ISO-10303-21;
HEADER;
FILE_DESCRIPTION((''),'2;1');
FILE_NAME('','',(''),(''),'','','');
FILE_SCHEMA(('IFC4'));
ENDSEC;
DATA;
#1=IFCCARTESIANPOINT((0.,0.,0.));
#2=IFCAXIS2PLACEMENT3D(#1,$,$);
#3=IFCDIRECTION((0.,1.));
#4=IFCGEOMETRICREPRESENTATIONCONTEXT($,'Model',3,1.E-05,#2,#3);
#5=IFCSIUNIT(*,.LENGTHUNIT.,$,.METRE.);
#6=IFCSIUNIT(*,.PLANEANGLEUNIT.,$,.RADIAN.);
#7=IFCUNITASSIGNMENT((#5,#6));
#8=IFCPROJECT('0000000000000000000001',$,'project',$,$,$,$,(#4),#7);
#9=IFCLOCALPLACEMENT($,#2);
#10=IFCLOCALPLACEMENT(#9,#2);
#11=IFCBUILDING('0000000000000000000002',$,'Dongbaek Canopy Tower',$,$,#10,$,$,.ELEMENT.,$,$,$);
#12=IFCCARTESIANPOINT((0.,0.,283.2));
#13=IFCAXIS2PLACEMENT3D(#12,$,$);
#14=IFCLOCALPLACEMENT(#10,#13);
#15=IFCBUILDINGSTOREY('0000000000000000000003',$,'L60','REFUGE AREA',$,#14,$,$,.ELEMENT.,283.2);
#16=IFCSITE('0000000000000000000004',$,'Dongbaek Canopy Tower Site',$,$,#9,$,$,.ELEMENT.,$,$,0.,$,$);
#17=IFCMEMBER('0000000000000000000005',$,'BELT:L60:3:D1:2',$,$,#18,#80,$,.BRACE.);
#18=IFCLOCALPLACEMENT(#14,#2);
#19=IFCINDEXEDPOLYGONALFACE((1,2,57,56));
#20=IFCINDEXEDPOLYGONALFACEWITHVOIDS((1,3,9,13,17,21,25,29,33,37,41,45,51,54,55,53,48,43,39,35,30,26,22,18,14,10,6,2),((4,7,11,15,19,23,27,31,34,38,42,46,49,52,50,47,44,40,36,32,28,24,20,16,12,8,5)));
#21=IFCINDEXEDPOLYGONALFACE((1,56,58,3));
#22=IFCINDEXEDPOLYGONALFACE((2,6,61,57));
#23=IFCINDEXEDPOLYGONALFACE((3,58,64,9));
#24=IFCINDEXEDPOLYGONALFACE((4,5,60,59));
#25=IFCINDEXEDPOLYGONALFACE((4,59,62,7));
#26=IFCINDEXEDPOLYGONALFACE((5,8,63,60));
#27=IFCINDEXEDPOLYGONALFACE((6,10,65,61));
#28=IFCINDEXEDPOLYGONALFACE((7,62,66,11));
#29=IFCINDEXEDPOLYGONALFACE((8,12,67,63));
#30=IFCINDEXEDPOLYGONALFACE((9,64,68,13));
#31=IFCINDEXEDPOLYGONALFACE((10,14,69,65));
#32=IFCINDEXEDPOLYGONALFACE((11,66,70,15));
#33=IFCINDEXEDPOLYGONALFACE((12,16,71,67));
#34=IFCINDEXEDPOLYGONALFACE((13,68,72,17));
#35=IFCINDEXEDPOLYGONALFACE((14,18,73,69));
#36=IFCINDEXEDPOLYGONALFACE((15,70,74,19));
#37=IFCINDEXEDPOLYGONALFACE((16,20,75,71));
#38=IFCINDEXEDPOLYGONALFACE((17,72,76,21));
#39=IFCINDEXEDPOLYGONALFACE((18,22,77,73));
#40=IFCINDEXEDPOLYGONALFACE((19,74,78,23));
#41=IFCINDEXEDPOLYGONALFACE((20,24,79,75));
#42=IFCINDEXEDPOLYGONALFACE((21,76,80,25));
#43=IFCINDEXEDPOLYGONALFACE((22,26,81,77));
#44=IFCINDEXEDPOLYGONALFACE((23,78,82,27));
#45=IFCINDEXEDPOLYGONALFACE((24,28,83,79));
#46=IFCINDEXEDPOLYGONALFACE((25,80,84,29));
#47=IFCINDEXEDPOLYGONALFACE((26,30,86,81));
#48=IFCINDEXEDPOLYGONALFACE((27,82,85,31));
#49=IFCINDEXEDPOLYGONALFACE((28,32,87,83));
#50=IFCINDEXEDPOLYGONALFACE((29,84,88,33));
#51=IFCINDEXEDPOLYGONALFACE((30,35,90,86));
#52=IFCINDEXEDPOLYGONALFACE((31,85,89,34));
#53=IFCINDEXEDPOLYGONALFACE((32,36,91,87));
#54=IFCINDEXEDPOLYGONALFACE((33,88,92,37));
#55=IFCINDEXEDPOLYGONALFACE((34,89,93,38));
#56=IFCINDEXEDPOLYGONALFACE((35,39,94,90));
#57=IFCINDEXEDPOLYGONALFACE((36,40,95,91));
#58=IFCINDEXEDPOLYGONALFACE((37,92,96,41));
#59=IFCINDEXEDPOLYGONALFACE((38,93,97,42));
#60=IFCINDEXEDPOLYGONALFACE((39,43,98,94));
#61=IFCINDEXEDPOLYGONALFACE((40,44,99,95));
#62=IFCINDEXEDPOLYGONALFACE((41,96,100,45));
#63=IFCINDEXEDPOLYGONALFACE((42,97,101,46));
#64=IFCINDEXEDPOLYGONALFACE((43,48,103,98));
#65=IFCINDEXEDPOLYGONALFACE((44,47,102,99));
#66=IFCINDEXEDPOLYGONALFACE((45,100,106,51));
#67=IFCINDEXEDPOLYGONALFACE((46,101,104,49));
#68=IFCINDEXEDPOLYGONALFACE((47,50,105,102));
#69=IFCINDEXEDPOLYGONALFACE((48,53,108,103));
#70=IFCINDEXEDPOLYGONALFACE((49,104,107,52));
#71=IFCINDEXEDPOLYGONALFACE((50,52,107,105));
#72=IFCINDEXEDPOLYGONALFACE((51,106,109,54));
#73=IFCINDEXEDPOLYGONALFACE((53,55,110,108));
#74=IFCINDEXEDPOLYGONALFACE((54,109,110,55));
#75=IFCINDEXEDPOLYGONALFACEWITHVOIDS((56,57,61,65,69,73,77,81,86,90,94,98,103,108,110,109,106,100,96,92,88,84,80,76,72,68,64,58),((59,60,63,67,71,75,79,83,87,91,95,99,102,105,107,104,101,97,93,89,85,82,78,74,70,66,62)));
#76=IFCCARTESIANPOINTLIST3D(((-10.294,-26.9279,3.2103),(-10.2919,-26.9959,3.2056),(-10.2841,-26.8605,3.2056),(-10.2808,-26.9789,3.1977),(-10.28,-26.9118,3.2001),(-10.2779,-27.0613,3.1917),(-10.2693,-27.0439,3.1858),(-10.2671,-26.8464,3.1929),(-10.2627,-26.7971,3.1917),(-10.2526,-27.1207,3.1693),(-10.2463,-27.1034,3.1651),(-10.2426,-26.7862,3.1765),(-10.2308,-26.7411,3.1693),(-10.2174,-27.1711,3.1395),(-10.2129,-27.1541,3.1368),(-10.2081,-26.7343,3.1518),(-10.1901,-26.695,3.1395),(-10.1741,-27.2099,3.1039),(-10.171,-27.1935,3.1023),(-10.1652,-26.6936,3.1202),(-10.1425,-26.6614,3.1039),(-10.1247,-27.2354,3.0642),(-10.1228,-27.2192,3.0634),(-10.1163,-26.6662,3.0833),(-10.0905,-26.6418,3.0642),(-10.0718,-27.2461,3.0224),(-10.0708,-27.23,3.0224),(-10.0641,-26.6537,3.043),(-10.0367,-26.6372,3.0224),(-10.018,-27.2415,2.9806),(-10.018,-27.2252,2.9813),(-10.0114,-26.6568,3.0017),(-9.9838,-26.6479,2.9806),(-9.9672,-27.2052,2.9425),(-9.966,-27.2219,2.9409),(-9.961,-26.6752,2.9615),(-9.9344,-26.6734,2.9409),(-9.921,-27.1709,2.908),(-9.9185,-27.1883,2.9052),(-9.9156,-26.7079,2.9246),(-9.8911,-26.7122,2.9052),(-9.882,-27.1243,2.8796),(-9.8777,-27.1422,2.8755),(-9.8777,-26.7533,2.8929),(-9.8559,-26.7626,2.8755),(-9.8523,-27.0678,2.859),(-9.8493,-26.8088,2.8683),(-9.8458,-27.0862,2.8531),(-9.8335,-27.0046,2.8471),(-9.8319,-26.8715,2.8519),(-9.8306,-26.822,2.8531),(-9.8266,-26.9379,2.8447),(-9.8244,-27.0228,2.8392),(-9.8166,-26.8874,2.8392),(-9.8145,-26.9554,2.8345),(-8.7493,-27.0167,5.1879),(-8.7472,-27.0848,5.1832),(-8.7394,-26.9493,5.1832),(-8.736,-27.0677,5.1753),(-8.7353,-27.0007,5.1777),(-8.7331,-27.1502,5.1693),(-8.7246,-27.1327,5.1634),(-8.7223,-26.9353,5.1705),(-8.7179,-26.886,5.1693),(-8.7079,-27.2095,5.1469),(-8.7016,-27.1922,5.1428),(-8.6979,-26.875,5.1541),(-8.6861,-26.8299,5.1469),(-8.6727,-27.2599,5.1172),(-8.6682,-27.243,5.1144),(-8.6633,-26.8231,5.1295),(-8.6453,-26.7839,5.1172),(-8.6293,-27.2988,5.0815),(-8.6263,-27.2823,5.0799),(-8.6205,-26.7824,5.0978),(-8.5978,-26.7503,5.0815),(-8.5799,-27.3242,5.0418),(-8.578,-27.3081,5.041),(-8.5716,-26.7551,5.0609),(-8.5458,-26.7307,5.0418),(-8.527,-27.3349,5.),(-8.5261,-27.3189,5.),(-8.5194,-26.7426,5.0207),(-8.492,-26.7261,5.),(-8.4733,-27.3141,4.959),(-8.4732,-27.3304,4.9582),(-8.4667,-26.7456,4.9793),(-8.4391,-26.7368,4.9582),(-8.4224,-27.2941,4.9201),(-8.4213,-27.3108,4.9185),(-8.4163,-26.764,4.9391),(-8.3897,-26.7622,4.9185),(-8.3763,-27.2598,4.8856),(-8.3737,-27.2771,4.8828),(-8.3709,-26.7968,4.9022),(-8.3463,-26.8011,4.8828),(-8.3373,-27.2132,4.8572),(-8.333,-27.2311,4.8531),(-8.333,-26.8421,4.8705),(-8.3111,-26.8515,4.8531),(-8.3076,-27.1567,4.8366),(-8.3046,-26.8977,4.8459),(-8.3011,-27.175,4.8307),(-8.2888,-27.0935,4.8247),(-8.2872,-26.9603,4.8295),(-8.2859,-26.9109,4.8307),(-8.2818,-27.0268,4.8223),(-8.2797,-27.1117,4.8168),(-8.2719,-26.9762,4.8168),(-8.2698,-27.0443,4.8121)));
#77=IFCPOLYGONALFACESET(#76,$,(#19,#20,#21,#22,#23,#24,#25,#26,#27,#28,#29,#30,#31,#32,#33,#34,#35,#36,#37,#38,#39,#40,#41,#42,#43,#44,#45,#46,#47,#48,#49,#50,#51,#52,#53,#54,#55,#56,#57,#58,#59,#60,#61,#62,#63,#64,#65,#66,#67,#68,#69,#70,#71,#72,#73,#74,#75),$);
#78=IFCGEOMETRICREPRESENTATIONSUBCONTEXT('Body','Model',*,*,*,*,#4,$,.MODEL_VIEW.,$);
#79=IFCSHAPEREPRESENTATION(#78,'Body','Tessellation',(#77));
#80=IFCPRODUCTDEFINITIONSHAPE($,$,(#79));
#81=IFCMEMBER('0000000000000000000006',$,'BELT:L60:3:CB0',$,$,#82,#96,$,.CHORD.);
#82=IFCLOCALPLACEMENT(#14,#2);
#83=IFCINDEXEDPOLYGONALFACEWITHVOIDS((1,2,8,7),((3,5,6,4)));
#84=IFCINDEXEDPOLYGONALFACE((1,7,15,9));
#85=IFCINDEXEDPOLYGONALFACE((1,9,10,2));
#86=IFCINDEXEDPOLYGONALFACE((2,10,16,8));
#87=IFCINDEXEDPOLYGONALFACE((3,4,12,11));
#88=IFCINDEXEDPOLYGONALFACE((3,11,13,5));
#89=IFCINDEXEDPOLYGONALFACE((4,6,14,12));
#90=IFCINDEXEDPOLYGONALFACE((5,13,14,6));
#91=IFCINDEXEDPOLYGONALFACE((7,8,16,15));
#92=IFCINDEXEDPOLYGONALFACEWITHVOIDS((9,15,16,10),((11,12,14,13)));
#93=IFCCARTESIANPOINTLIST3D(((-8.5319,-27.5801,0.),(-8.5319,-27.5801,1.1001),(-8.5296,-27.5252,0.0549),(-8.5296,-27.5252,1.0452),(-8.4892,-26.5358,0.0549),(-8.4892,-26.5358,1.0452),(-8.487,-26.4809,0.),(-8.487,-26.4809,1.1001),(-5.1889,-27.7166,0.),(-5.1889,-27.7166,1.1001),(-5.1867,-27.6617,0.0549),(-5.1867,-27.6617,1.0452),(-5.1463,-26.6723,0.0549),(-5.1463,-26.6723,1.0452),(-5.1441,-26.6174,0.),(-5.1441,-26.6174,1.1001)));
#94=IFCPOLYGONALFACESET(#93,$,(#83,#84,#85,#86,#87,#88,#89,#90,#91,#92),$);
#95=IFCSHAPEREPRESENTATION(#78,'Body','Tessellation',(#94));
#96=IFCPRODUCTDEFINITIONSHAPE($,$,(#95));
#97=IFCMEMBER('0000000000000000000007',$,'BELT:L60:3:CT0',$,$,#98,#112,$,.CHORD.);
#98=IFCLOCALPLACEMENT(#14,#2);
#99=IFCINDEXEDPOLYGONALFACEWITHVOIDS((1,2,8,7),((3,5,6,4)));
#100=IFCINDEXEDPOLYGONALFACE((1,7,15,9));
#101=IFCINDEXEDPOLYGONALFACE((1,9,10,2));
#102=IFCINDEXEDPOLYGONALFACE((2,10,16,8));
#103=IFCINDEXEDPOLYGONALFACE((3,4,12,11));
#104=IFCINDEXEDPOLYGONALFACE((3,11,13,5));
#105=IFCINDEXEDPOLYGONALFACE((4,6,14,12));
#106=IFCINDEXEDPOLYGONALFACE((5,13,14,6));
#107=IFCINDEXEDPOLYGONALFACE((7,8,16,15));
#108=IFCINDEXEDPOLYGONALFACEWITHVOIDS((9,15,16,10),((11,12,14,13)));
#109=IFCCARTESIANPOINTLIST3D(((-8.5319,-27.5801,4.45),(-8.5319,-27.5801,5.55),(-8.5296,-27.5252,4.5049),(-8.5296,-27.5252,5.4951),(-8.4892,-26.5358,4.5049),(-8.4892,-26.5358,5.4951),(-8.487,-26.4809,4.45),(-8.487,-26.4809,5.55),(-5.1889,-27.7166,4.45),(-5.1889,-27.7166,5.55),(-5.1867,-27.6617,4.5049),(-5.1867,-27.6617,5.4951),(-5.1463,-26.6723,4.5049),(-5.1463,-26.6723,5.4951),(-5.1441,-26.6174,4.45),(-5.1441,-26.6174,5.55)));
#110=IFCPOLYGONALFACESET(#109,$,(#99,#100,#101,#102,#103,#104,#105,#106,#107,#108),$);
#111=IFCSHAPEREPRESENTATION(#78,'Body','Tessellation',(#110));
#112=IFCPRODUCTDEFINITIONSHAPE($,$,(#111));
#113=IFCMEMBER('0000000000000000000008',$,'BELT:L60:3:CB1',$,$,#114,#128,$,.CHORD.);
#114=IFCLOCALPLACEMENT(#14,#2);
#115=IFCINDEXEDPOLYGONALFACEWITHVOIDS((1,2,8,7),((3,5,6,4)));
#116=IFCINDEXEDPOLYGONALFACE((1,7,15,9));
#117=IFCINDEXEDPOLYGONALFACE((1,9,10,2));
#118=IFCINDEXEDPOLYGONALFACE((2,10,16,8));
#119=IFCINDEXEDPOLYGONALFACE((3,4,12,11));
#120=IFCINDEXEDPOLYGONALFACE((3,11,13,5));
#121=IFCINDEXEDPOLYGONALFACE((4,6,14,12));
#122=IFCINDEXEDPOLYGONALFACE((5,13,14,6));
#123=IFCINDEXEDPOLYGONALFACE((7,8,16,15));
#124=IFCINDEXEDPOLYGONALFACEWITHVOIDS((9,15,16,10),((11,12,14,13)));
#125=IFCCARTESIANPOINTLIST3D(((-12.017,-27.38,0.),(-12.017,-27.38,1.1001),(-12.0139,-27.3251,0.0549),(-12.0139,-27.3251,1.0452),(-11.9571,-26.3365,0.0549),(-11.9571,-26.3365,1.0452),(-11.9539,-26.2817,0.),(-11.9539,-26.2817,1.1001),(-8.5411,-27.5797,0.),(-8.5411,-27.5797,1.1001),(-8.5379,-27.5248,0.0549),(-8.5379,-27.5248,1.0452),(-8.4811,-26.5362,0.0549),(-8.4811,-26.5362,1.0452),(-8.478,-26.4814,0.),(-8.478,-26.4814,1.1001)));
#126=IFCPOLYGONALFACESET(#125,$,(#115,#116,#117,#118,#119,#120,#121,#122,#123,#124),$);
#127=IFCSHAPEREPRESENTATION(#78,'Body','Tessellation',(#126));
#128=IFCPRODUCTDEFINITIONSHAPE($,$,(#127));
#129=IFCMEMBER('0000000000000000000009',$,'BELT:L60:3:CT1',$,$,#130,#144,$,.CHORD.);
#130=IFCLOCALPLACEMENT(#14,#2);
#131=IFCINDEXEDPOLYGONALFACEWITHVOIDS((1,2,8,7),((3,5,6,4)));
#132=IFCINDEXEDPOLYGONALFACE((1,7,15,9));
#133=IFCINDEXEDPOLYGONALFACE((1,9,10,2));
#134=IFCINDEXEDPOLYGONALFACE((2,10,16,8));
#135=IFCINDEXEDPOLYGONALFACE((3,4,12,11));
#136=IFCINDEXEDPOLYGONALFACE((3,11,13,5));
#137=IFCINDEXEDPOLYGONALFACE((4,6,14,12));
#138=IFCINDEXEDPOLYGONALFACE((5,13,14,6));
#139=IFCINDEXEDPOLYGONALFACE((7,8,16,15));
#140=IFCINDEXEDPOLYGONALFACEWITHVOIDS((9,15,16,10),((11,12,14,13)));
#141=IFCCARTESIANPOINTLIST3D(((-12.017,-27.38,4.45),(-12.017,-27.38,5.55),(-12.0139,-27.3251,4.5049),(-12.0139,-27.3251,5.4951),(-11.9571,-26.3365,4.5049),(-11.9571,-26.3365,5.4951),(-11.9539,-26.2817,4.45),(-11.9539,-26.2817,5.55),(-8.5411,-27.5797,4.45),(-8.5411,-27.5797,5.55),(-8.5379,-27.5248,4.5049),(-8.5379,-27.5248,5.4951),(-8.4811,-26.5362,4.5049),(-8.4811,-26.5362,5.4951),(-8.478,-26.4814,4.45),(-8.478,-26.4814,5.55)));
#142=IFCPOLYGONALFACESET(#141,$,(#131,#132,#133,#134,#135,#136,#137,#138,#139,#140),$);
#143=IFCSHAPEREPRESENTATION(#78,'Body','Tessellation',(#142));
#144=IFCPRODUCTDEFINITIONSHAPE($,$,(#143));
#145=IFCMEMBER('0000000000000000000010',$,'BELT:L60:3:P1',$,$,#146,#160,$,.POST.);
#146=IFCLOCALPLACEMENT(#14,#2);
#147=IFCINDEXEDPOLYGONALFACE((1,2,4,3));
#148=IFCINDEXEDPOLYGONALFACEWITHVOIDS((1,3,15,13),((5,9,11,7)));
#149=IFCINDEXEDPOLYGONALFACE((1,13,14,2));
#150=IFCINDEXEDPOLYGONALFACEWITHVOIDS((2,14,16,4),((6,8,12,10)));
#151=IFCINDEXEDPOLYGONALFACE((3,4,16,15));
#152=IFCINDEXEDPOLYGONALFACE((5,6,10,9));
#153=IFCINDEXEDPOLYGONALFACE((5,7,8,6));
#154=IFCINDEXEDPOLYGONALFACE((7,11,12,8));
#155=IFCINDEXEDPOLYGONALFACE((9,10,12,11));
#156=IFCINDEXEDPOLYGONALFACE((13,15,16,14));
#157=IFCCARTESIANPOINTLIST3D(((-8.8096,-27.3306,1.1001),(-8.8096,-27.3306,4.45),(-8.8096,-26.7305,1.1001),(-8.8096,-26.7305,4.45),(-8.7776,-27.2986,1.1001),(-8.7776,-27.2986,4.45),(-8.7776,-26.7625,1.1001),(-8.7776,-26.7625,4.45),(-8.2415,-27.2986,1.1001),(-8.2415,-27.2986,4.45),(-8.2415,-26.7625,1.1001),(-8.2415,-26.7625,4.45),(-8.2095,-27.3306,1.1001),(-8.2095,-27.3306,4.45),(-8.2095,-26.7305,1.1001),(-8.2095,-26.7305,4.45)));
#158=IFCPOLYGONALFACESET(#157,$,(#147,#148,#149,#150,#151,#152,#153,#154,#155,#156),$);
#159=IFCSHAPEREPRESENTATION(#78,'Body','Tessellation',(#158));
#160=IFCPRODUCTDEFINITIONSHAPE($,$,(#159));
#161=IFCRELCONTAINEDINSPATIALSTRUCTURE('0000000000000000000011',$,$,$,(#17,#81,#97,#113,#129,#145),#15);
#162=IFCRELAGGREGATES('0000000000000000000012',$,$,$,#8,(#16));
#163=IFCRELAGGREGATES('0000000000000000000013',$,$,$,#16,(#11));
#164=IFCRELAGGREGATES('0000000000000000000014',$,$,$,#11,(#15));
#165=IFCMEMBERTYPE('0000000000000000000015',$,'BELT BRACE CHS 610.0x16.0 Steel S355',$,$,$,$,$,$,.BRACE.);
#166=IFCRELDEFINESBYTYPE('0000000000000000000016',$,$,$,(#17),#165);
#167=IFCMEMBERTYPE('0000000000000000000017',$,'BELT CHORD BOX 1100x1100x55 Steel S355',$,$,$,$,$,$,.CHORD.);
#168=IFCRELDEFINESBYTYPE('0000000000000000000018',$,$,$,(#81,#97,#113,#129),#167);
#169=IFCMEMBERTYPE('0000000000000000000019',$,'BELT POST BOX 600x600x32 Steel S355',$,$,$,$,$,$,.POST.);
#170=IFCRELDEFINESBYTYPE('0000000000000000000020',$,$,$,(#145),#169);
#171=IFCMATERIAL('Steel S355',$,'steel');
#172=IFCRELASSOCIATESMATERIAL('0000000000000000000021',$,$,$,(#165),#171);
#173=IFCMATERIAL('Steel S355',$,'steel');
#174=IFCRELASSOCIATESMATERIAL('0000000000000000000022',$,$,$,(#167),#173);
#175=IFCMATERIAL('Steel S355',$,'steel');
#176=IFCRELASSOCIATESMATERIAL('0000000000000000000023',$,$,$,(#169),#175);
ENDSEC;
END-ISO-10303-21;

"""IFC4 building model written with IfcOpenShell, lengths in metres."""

from ifc_helpers import new_model, si_unit, direction, frame, origin, origin_2d, place, context, subcontext, project, spatial, hollow_rectangle, hollow_circle, extrude, material, material_profile, profile_set, type_object, element, save


model = new_model("IFC4")

# Units and contexts
model_context = context("Model", 3, precision=1e-05, world=origin(), true_north=direction((0.0, 1.0)))
body_context = subcontext(model_context, "Body", "Model", "MODEL_VIEW")
ifc_project = project(units=[si_unit("LENGTHUNIT", "METRE"), si_unit("PLANEANGLEUNIT", "RADIAN")], contexts=[model_context])

# Site, building, storey
site_placement = place(None, origin())
site = spatial("IfcSite", under=ifc_project, at=site_placement, Name="Dongbaek Canopy Tower Site", CompositionType="ELEMENT", RefElevation=0.0)
building_placement = place(site_placement, origin())
building = spatial("IfcBuilding", under=site, at=building_placement, Name="Dongbaek Canopy Tower", CompositionType="ELEMENT")
storey_placement = place(building_placement, frame((0.0, 0.0, 283.2)))
storey = spatial("IfcBuildingStorey", under=building, at=storey_placement, Name="L60", Description="REFUGE AREA", CompositionType="ELEMENT", Elevation=283.2)

# Members
ifc_material_1 = material(Name="Steel S355", Category="steel")
ifc_material_profile_1 = material_profile(ifc_material_1, hollow_circle(Radius=0.3049, WallThickness=0.0161, at=origin_2d()), Name="BELT BRACE CHS 610.0x16.0 Steel S355")
ifc_profile_set_1 = profile_set([ifc_material_profile_1], Name="Steel S355")
member_type_1 = type_object("IfcMemberType", Name="BELT BRACE CHS 610.0x16.0 Steel S355", PredefinedType="BRACE", material=ifc_profile_set_1)
member_1_placement = place(storey_placement, frame((-8.5095, -27.0305, 5.0), z_axis=(-0.61519, 0.035393, -0.787584), x_axis=(-0.057436, -0.998349, 0.0)))
element("IfcMember", 1, at=member_1_placement, inside=storey, type_object=member_type_1, Name="BELT:L60:3:D1:2", PredefinedType="BRACE", context=body_context, shape_type="SweptSolid", body=[
    extrude(hollow_circle(Radius=0.3049, WallThickness=0.0161, at=origin_2d()), origin(), (0.0, 0.0, 1.0), 2.511),
])
ifc_material_2 = material(Name="Steel S355", Category="steel")
ifc_material_profile_2 = material_profile(ifc_material_2, hollow_rectangle(XDim=1.1001, YDim=1.1001, WallThickness=0.0549, at=origin_2d()), Name="BELT CHORD BOX 1100x1100x55 Steel S355")
ifc_profile_set_2 = profile_set([ifc_material_profile_2], Name="Steel S355")
member_type_2 = type_object("IfcMemberType", Name="BELT CHORD BOX 1100x1100x55 Steel S355", PredefinedType="CHORD", material=ifc_profile_set_2)
for number, where, z_axis, x_axis, name in (
    (2, (-5.1665, -27.167, 0.55), (-0.999168, 0.04079, 0.0), (-0.04079, -0.999168, 0.0), "BELT:L60:3:CB0"),
    (3, (-5.1665, -27.167, 5.0), (-0.999168, 0.04079, 0.0), (-0.04079, -0.999168, 0.0), "BELT:L60:3:CT0"),
):
    element("IfcMember", number, at=place(storey_placement, frame(where, z_axis=z_axis, x_axis=x_axis)), inside=storey, type_object=member_type_2, Name=name, PredefinedType="CHORD", context=body_context, shape_type="SweptSolid", body=[
        extrude(hollow_rectangle(XDim=1.1001, YDim=1.1001, WallThickness=0.0549, at=origin_2d()), origin(), (0.0, 0.0, 1.0), 3.3457),
    ])
for number, where, z_axis, x_axis, name in (
    (4, (-8.5095, -27.0305, 0.55), (-0.998354, 0.057357, 0.0), (-0.057357, -0.998354, 0.0), "BELT:L60:3:CB1"),
    (5, (-8.5095, -27.0305, 5.0), (-0.998354, 0.057357, 0.0), (-0.057357, -0.998354, 0.0), "BELT:L60:3:CT1"),
):
    element("IfcMember", number, at=place(storey_placement, frame(where, z_axis=z_axis, x_axis=x_axis)), inside=storey, type_object=member_type_2, Name=name, PredefinedType="CHORD", context=body_context, shape_type="SweptSolid", body=[
        extrude(hollow_rectangle(XDim=1.1001, YDim=1.1001, WallThickness=0.0549, at=origin_2d()), origin(), (0.0, 0.0, 1.0), 3.4817),
    ])
ifc_material_3 = material(Name="Steel S355", Category="steel")
ifc_material_profile_3 = material_profile(ifc_material_3, hollow_rectangle(XDim=0.6001, YDim=0.6001, WallThickness=0.032, at=origin_2d()), Name="BELT POST BOX 600x600x32 Steel S355")
ifc_profile_set_3 = profile_set([ifc_material_profile_3], Name="Steel S355")
member_type_3 = type_object("IfcMemberType", Name="BELT POST BOX 600x600x32 Steel S355", PredefinedType="POST", material=ifc_profile_set_3)
member_2_placement = place(storey_placement, frame((-8.5095, -27.0305, 1.1001), z_axis=(0.0, 0.0, 1.0), x_axis=(1.0, 0.0, 0.0)))
element("IfcMember", 6, at=member_2_placement, inside=storey, type_object=member_type_3, Name="BELT:L60:3:P1", PredefinedType="POST", context=body_context, shape_type="SweptSolid", body=[
    extrude(hollow_rectangle(XDim=0.6001, YDim=0.6001, WallThickness=0.032, at=origin_2d()), origin(), (0.0, 0.0, 1.0), 3.3499),
])

save(model, "model.ifc")
